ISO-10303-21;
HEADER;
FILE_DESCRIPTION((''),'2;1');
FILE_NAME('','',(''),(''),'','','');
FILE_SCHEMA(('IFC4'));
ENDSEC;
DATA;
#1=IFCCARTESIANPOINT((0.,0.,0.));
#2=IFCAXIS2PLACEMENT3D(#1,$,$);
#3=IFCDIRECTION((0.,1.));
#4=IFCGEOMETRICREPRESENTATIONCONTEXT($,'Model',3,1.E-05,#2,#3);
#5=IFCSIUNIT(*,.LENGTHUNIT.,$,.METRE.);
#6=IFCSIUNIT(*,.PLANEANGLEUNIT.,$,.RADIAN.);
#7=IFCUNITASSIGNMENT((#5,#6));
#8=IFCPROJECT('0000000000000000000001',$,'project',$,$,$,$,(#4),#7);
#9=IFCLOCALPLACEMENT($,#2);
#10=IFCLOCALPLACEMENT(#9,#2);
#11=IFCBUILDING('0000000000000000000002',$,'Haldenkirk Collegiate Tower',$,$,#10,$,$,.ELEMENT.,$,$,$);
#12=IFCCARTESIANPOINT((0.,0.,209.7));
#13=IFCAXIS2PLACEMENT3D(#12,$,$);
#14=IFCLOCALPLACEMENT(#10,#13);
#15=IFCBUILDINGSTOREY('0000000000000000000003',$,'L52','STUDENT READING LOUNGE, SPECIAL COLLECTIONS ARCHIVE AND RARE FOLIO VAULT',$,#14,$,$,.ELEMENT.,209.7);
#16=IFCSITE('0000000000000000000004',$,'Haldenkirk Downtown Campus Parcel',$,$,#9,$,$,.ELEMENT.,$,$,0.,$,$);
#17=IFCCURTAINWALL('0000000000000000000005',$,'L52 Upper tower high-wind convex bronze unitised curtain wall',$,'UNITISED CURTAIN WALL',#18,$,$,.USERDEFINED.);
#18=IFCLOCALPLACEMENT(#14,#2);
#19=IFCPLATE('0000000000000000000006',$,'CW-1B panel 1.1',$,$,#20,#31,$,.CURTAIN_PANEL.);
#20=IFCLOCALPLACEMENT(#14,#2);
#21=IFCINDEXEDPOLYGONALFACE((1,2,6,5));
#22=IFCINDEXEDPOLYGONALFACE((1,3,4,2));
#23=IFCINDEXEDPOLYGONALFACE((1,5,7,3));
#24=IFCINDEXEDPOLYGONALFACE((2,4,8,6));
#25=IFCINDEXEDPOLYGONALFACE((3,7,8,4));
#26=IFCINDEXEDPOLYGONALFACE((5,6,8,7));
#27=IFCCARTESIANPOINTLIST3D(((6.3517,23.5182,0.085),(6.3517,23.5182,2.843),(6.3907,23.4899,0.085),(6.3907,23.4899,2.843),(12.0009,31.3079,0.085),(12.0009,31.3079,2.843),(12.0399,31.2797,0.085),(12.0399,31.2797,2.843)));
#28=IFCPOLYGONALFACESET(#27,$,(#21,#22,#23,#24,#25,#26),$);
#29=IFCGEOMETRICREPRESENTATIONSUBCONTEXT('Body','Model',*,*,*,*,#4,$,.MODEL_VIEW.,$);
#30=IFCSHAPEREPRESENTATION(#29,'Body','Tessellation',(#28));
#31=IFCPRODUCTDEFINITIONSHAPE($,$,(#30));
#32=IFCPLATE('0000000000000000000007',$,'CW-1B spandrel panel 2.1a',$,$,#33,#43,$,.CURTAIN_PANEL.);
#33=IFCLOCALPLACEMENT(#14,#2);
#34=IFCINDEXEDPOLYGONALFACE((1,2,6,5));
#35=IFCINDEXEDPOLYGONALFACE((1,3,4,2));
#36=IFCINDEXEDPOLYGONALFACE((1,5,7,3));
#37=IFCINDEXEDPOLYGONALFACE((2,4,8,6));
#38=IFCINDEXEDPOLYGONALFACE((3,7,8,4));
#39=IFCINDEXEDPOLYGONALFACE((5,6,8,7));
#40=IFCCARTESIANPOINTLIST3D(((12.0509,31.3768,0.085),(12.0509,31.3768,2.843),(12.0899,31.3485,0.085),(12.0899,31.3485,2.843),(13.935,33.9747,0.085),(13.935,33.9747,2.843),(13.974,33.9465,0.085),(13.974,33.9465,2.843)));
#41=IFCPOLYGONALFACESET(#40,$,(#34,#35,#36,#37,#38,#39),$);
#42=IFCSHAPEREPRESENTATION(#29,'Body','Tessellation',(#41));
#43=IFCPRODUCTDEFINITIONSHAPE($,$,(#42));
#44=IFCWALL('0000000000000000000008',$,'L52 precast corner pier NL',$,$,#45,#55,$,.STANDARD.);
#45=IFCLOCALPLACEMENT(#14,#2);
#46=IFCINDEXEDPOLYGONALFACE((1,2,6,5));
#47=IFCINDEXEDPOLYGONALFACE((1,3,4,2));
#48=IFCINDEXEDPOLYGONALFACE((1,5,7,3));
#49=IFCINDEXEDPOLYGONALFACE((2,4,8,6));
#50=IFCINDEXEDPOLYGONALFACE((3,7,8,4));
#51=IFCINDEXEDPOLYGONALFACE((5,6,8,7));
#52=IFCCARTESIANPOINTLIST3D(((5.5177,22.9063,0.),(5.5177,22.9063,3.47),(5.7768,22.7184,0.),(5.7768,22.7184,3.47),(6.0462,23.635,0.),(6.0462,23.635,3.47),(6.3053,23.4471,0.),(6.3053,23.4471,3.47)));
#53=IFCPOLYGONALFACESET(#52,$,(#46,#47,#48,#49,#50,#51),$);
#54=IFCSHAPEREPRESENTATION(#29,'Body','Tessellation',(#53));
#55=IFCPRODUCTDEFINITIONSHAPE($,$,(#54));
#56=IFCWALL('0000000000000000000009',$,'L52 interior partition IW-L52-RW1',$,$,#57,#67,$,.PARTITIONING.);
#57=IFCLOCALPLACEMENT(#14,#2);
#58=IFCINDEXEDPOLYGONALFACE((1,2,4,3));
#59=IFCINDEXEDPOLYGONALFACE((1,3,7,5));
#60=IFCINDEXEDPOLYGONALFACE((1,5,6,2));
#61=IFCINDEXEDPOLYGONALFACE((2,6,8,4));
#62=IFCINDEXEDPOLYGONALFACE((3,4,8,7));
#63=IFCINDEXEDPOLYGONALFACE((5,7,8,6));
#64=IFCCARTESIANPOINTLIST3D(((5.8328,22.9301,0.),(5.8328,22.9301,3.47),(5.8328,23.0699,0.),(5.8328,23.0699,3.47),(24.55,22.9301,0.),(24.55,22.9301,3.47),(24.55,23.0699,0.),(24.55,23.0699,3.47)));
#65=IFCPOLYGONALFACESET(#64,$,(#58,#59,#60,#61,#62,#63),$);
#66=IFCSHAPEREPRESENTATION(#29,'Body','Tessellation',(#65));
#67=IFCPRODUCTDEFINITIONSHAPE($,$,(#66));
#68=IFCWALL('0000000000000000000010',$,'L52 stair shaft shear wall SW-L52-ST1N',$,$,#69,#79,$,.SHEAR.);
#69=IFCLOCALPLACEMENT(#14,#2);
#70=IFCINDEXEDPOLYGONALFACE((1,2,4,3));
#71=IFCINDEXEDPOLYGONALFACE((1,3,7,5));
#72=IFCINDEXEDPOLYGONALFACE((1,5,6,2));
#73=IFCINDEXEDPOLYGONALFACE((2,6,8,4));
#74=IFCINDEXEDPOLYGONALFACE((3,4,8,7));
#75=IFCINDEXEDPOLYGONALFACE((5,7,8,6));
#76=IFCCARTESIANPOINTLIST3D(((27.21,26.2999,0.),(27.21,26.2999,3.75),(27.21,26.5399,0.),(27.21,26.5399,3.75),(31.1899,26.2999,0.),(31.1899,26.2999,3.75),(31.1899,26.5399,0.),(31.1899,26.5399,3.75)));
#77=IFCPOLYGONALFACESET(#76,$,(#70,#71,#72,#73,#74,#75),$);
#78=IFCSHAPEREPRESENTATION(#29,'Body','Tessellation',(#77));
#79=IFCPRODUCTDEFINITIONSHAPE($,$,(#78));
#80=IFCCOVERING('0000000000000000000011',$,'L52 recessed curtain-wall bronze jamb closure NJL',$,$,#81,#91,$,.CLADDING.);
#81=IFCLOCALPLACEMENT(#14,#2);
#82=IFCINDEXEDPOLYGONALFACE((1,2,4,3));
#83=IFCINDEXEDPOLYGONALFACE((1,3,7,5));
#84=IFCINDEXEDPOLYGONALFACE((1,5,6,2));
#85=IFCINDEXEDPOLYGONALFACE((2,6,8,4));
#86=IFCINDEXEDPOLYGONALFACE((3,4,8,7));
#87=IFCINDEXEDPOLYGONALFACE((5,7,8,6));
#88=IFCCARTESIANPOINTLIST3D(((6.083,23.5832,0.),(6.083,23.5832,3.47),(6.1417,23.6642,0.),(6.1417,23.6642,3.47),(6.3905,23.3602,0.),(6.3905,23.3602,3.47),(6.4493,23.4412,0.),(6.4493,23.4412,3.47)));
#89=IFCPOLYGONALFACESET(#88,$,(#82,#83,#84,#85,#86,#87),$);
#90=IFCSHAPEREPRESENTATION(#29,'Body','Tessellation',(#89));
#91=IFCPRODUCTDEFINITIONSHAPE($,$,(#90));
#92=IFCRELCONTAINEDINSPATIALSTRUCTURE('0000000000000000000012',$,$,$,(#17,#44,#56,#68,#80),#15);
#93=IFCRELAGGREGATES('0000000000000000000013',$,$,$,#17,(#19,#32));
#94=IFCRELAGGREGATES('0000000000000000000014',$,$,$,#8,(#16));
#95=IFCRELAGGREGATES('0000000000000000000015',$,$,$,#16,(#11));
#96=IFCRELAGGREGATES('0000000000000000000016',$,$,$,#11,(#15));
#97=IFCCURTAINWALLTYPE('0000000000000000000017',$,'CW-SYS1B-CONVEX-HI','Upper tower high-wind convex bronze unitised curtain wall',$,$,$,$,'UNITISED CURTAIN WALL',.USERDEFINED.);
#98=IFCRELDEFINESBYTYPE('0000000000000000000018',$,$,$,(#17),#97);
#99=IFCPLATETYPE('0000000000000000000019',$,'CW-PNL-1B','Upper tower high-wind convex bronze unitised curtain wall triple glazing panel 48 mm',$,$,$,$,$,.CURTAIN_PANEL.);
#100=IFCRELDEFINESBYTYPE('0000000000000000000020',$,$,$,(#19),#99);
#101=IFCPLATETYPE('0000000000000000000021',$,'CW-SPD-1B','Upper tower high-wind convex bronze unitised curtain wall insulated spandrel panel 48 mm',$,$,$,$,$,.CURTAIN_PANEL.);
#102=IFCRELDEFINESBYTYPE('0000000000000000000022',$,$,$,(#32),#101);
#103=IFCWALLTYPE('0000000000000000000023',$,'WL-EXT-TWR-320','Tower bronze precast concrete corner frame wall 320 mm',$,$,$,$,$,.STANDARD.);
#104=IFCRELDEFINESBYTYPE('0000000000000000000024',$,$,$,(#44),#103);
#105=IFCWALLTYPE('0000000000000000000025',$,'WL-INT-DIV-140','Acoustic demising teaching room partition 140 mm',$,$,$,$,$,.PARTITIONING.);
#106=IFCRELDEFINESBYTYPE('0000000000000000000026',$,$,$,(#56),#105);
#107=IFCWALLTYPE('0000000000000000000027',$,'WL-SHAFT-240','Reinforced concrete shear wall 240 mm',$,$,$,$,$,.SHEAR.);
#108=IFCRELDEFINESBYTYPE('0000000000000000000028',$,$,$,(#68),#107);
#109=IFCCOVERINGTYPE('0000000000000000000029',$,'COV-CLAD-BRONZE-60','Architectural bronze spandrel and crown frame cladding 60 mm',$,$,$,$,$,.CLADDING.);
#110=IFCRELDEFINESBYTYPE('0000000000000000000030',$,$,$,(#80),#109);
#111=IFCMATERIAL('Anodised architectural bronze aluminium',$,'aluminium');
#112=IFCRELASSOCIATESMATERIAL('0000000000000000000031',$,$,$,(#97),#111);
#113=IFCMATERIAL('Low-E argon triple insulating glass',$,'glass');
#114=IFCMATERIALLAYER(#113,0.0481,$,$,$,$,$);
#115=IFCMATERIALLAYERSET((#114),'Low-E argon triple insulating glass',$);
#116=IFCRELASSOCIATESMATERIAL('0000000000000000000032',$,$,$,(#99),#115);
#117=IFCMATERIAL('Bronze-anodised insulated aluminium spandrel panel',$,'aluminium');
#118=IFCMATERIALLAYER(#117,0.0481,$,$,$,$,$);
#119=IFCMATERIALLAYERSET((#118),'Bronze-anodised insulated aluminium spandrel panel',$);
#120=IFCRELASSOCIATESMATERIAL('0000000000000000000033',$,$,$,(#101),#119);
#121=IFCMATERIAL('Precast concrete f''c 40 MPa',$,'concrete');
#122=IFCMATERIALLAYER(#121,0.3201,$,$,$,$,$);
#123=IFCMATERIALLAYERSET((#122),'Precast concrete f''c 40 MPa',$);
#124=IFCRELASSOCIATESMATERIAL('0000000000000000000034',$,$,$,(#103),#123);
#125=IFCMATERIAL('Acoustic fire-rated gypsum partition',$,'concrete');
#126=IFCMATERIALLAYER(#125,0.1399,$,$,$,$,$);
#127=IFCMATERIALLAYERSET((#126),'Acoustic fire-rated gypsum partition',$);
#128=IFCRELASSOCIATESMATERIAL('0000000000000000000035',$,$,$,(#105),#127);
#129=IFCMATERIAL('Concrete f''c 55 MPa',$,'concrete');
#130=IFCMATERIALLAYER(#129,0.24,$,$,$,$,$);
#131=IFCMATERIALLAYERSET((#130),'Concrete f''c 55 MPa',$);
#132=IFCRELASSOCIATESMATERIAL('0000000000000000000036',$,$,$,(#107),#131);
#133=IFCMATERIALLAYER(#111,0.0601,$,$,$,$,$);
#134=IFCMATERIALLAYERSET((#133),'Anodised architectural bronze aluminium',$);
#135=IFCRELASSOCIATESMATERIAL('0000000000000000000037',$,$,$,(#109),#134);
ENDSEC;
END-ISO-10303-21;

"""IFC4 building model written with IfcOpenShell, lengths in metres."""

from ifc_helpers import new_model, si_unit, direction, frame, frame_2d, origin, origin_2d, place, context, subcontext, project, spatial, rectangle, extrude, source, transform, mapped, material, layer, layer_set, type_object, element, aggregate, save


model = new_model("IFC4")

# Units and contexts
model_context = context("Model", 3, precision=1e-05, world=origin(), true_north=direction((0.0, 1.0)))
body_context = subcontext(model_context, "Body", "Model", "MODEL_VIEW")
ifc_project = project(units=[si_unit("LENGTHUNIT", "METRE"), si_unit("PLANEANGLEUNIT", "RADIAN")], contexts=[model_context])

# Site, building, storey
site_placement = place(None, origin())
site = spatial("IfcSite", under=ifc_project, at=site_placement, Name="Haldenkirk Downtown Campus Parcel", CompositionType="ELEMENT", RefElevation=0.0)
building_placement = place(site_placement, origin())
building = spatial("IfcBuilding", under=site, at=building_placement, Name="Haldenkirk Collegiate Tower", CompositionType="ELEMENT")
storey_placement = place(building_placement, frame((0.0, 0.0, 209.7)))
storey = spatial("IfcBuildingStorey", under=building, at=storey_placement, Name="L52", Description="STUDENT READING LOUNGE, SPECIAL COLLECTIONS ARCHIVE AND RARE FOLIO VAULT", CompositionType="ELEMENT", Elevation=209.7)

# Curtain wall, plates
ifc_material_1 = material(Name="Anodised architectural bronze aluminium", Category="aluminium")
curtain_wall_type = type_object("IfcCurtainWallType", Name="CW-SYS1B-CONVEX-HI", Description="Upper tower high-wind convex bronze unitised curtain wall", ElementType="UNITISED CURTAIN WALL", PredefinedType="USERDEFINED", material=ifc_material_1)
curtain_wall_placement = place(storey_placement, origin())
curtain_wall = element("IfcCurtainWall", 1, at=curtain_wall_placement, inside=storey, type_object=curtain_wall_type, Name="L52 Upper tower high-wind convex bronze unitised curtain wall", ObjectType="UNITISED CURTAIN WALL", PredefinedType="USERDEFINED")
ifc_material_2 = material(Name="Low-E argon triple insulating glass", Category="glass")
ifc_layer_1 = layer(ifc_material_2, 0.0481)
ifc_layer_set_1 = layer_set([ifc_layer_1], Name="Low-E argon triple insulating glass")
plate_type_1 = type_object("IfcPlateType", Name="CW-PNL-1B", Description="Upper tower high-wind convex bronze unitised curtain wall triple glazing panel 48 mm", PredefinedType="CURTAIN_PANEL", material=ifc_layer_set_1)
shared_shape_1 = source(origin(), body_context, "Body", "SweptSolid", [
    extrude(rectangle(XDim=9.6226, YDim=0.0481, at=origin_2d()), origin(), (0.0, 0.0, 1.0), 2.7581),
])
plate_1_placement = place(storey_placement, frame((9.1958, 27.3989, 0.085), z_axis=(0.0, 0.0, 1.0), x_axis=(0.587078, 0.80953, 0.0)))
plate_1 = element("IfcPlate", 2, at=plate_1_placement, type_object=plate_type_1, Name="CW-1B panel 1.1", PredefinedType="CURTAIN_PANEL", context=body_context, shape_type="MappedRepresentation", body=[
    mapped(shared_shape_1, transform((0.0, 0.0, 0.0), x_axis=(1.0, 0.0, 0.0), y_axis=(0.0, 1.0, 0.0), z_axis=(0.0, 0.0, 1.0), scale=1.0)),
])
ifc_material_3 = material(Name="Bronze-anodised insulated aluminium spandrel panel", Category="aluminium")
ifc_layer_2 = layer(ifc_material_3, 0.0481)
ifc_layer_set_2 = layer_set([ifc_layer_2], Name="Bronze-anodised insulated aluminium spandrel panel")
plate_type_2 = type_object("IfcPlateType", Name="CW-SPD-1B", Description="Upper tower high-wind convex bronze unitised curtain wall insulated spandrel panel 48 mm", PredefinedType="CURTAIN_PANEL", material=ifc_layer_set_2)
shared_shape_2 = source(origin(), body_context, "Body", "SweptSolid", [
    extrude(rectangle(XDim=3.2092, YDim=0.0481, at=origin_2d()), origin(), (0.0, 0.0, 1.0), 2.7581),
])
plate_2_placement = place(storey_placement, frame((13.0125, 32.6616, 0.085), z_axis=(0.0, 0.0, 1.0), x_axis=(0.587078, 0.80953, 0.0)))
plate_2 = element("IfcPlate", 3, at=plate_2_placement, type_object=plate_type_2, Name="CW-1B spandrel panel 2.1a", PredefinedType="CURTAIN_PANEL", context=body_context, shape_type="MappedRepresentation", body=[
    mapped(shared_shape_2, transform((0.0, 0.0, 0.0), x_axis=(1.0, 0.0, 0.0), y_axis=(0.0, 1.0, 0.0), z_axis=(0.0, 0.0, 1.0), scale=1.0)),
])
aggregate(curtain_wall, [plate_1, plate_2])

# Shared definitions
ifc_material_4 = material(Name="Concrete f'c 55 MPa", Category="concrete")

# Wall
ifc_material_5 = material(Name="Precast concrete f'c 40 MPa", Category="concrete")
ifc_layer_3 = layer(ifc_material_5, 0.3201)
ifc_layer_set_3 = layer_set([ifc_layer_3], Name="Precast concrete f'c 40 MPa")
wall_type_1 = type_object("IfcWallType", Name="WL-EXT-TWR-320", Description="Tower bronze precast concrete corner frame wall 320 mm", PredefinedType="STANDARD", material=ifc_layer_set_3)
wall_1_placement = place(storey_placement, frame((5.6472, 22.8123, 0.0), z_axis=(0.0, 0.0, 1.0), x_axis=(0.587123, 0.809498, 0.0)))
element("IfcWall", 4, at=wall_1_placement, inside=storey, type_object=wall_type_1, Name="L52 precast corner pier NL", PredefinedType="STANDARD", context=body_context, shape_type="SweptSolid", body=[
    extrude(rectangle(XDim=0.9001, YDim=0.3201, at=frame_2d((0.4502, 0.0))), origin(), (0.0, 0.0, 1.0), 3.47),
])

# Shared definitions
ifc_material_6 = material(Name="Acoustic fire-rated gypsum partition", Category="concrete")

# Walls
ifc_layer_4 = layer(ifc_material_6, 0.1399)
ifc_layer_set_4 = layer_set([ifc_layer_4], Name="Acoustic fire-rated gypsum partition")
wall_type_2 = type_object("IfcWallType", Name="WL-INT-DIV-140", Description="Acoustic demising teaching room partition 140 mm", PredefinedType="PARTITIONING", material=ifc_layer_set_4)
wall_2_placement = place(storey_placement, frame((5.8328, 23.0, 0.0), z_axis=(0.0, 0.0, 1.0), x_axis=(1.0, 0.0, 0.0)))
element("IfcWall", 5, at=wall_2_placement, inside=storey, type_object=wall_type_2, Name="L52 interior partition IW-L52-RW1", PredefinedType="PARTITIONING", context=body_context, shape_type="SweptSolid", body=[
    extrude(rectangle(XDim=18.7173, YDim=0.1399, at=frame_2d((9.3586, 0.0))), origin(), (0.0, 0.0, 1.0), 3.47),
])
ifc_layer_5 = layer(ifc_material_4, 0.24)
ifc_layer_set_5 = layer_set([ifc_layer_5], Name="Concrete f'c 55 MPa")
wall_type_3 = type_object("IfcWallType", Name="WL-SHAFT-240", Description="Reinforced concrete shear wall 240 mm", PredefinedType="SHEAR", material=ifc_layer_set_5)
wall_3_placement = place(storey_placement, frame((27.21, 26.4199, 0.0), z_axis=(0.0, 0.0, 1.0), x_axis=(1.0, 0.0, 0.0)))
element("IfcWall", 6, at=wall_3_placement, inside=storey, type_object=wall_type_3, Name="L52 stair shaft shear wall SW-L52-ST1N", PredefinedType="SHEAR", context=body_context, shape_type="SweptSolid", body=[
    extrude(rectangle(XDim=3.98, YDim=0.24, at=frame_2d((1.99, 0.0))), origin(), (0.0, 0.0, 1.0), 3.75),
])

# Covering
ifc_layer_6 = layer(ifc_material_1, 0.0601)
ifc_layer_set_6 = layer_set([ifc_layer_6], Name="Anodised architectural bronze aluminium")
covering_type = type_object("IfcCoveringType", Name="COV-CLAD-BRONZE-60", Description="Architectural bronze spandrel and crown frame cladding 60 mm", PredefinedType="CLADDING", material=ifc_layer_set_6)
shared_shape_3 = source(origin(), body_context, "Body", "SweptSolid", [
    extrude(rectangle(XDim=0.1001, YDim=0.3799, at=origin_2d()), origin(), (0.0, 0.0, 1.0), 3.47),
])
covering_placement = place(storey_placement, frame((6.2661, 23.5122, 0.0), z_axis=(0.0, 0.0, 1.0), x_axis=(0.587079, 0.80953, 0.0)))
element("IfcCovering", 7, at=covering_placement, inside=storey, type_object=covering_type, Name="L52 recessed curtain-wall bronze jamb closure NJL", PredefinedType="CLADDING", context=body_context, shape_type="MappedRepresentation", body=[
    mapped(shared_shape_3, transform((0.0, 0.0, 0.0), x_axis=(1.0, 0.0, 0.0), y_axis=(0.0, 1.0, 0.0), z_axis=(0.0, 0.0, 1.0), scale=1.0)),
])

save(model, "model.ifc")
